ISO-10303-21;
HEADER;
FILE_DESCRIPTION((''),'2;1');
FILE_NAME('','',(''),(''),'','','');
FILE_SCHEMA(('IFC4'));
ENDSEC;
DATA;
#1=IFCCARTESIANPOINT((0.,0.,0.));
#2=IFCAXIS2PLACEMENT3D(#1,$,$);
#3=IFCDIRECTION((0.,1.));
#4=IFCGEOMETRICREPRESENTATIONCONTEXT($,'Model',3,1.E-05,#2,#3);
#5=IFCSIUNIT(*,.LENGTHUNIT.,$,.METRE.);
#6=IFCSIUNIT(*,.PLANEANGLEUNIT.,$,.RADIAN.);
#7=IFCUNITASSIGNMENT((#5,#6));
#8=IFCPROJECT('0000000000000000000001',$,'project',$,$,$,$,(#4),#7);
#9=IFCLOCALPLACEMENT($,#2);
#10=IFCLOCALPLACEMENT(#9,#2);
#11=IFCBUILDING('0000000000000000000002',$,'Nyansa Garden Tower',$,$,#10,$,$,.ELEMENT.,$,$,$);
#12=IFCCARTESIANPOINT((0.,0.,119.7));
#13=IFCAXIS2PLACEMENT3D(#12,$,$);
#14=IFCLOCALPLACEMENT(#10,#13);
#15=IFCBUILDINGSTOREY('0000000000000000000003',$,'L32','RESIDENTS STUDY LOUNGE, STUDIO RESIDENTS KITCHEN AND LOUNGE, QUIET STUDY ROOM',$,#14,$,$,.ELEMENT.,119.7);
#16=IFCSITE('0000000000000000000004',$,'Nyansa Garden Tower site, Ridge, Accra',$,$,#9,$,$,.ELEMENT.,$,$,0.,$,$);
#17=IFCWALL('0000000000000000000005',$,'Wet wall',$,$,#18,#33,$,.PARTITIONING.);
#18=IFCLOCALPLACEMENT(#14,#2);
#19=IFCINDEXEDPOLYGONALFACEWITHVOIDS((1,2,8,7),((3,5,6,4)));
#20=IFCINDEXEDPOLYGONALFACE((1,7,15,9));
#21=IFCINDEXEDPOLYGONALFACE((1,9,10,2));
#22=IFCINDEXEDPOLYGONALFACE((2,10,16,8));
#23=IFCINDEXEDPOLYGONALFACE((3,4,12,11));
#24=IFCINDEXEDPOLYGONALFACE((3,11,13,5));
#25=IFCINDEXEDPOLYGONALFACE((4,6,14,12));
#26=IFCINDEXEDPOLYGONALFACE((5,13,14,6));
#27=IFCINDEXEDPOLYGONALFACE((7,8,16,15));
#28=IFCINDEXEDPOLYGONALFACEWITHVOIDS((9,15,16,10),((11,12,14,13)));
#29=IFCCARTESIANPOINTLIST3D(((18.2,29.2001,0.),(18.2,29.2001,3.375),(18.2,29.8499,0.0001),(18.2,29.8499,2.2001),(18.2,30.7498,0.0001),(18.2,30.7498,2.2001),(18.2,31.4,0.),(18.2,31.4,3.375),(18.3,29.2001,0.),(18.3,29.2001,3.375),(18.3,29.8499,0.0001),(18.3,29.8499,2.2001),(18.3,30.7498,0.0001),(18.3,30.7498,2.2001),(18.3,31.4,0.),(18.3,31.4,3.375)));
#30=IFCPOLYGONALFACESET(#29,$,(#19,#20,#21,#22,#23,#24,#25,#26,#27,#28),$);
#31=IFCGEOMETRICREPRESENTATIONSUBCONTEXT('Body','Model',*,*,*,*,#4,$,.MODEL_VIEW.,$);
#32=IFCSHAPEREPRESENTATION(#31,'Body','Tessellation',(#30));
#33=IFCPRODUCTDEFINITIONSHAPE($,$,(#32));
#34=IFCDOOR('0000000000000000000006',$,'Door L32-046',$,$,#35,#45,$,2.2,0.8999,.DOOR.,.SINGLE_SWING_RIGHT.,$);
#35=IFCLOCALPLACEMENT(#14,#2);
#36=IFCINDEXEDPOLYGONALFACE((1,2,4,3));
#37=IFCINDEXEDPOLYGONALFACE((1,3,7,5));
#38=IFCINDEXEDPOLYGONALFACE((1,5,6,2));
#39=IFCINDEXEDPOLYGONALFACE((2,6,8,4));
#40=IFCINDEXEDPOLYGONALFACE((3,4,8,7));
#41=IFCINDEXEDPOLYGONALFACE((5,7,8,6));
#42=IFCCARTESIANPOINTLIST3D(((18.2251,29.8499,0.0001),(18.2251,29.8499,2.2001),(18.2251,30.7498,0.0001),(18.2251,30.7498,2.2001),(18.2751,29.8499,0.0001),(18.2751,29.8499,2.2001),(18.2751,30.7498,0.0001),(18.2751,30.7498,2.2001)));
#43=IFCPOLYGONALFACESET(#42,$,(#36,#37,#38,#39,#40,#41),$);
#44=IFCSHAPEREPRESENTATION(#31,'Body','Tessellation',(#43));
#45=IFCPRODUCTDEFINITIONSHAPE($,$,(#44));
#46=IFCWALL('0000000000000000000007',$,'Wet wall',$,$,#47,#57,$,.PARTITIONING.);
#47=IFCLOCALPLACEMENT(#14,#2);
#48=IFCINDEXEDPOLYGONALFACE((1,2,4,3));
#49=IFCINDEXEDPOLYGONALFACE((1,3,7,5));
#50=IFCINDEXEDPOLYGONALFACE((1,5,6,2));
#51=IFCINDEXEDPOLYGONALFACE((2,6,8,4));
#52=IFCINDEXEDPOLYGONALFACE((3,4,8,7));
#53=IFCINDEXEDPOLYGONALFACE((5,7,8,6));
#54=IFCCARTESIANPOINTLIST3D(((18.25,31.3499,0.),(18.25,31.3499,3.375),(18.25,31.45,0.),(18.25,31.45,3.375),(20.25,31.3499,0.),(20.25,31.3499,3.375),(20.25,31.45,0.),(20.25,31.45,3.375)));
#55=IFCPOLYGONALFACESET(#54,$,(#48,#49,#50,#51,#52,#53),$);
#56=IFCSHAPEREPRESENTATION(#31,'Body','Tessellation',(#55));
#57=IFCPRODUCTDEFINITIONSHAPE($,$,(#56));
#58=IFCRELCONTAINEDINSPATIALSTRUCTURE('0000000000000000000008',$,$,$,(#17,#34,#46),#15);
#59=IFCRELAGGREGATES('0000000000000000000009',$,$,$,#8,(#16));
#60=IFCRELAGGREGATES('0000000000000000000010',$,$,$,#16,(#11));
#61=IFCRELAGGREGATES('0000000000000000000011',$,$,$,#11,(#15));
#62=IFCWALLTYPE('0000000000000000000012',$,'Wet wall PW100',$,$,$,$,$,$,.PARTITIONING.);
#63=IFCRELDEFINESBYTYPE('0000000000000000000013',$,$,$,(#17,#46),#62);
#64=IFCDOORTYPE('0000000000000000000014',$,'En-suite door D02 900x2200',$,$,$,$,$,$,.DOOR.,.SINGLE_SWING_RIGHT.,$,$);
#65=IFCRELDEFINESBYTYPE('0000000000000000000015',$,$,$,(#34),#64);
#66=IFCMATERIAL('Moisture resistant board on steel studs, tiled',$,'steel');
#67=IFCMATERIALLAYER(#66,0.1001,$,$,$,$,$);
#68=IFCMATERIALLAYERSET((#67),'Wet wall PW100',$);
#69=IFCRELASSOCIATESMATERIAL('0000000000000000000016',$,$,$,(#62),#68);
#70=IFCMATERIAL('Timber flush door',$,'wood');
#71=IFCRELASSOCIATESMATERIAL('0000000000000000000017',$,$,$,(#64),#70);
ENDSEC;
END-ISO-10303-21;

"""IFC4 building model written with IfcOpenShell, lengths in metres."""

from ifc_helpers import new_model, si_unit, direction, frame, frame_2d, origin, place, context, subcontext, project, spatial, rectangle, extrude, material, layer, layer_set, type_object, element, fill, save


model = new_model("IFC4")

# Units and contexts
model_context = context("Model", 3, precision=1e-05, world=origin(), true_north=direction((0.0, 1.0)))
body_context = subcontext(model_context, "Body", "Model", "MODEL_VIEW")
ifc_project = project(units=[si_unit("LENGTHUNIT", "METRE"), si_unit("PLANEANGLEUNIT", "RADIAN")], contexts=[model_context])

# Site, building, storey
site_placement = place(None, origin())
site = spatial("IfcSite", under=ifc_project, at=site_placement, Name="Nyansa Garden Tower site, Ridge, Accra", CompositionType="ELEMENT", RefElevation=0.0)
building_placement = place(site_placement, origin())
building = spatial("IfcBuilding", under=site, at=building_placement, Name="Nyansa Garden Tower", CompositionType="ELEMENT")
storey_placement = place(building_placement, frame((0.0, 0.0, 119.7)))
storey = spatial("IfcBuildingStorey", under=building, at=storey_placement, Name="L32", Description="RESIDENTS STUDY LOUNGE, STUDIO RESIDENTS KITCHEN AND LOUNGE, QUIET STUDY ROOM", CompositionType="ELEMENT", Elevation=119.7)

# Shared definitions
ifc_material_1 = material(Name="Moisture resistant board on steel studs, tiled", Category="steel")
ifc_layer_1 = layer(ifc_material_1, 0.1001)
ifc_layer_set_1 = layer_set([ifc_layer_1], Name="Wet wall PW100")
wall_type_1 = type_object("IfcWallType", Name="Wet wall PW100", PredefinedType="PARTITIONING", material=ifc_layer_set_1)
ifc_material_2 = material(Name="Timber flush door", Category="wood")
door_type_1 = type_object("IfcDoorType", Name="En-suite door D02 900x2200", OperationType="SINGLE_SWING_RIGHT", PredefinedType="DOOR", material=ifc_material_2)

# Wall, opening, door
wall_1_placement = place(storey_placement, frame((18.25, 29.2, 0.0), z_axis=(0.0, 0.0, 1.0), x_axis=(0.0, 1.0, 0.0)))
wall_1 = element("IfcWall", 1, at=wall_1_placement, inside=storey, type_object=wall_type_1, Name="Wet wall", PredefinedType="PARTITIONING", context=body_context, shape_type="SweptSolid", body=[
    extrude(rectangle(XDim=2.2, YDim=0.1001, at=frame_2d((1.1001, 0.0))), origin(), (0.0, 0.0, 1.0), 3.375),
])
opening_1_placement = place(wall_1_placement, frame((0.6499, 0.0, 0.0)))
opening_1 = element("IfcOpeningElement", 2, at=opening_1_placement, cuts=wall_1, PredefinedType="OPENING", context=body_context, shape_type="SweptSolid", body=[
    extrude(rectangle(XDim=0.8999, YDim=2.2, at=frame_2d((0.45, 1.1001))), frame((0.0, 0.0601, 0.0), z_axis=(0.0, -1.0, 0.0), x_axis=(1.0, 0.0, 0.0)), (0.0, 0.0, 1.0), 0.1201),
])
door_1_placement = place(opening_1_placement, origin())
door_1 = element("IfcDoor", 3, at=door_1_placement, inside=storey, type_object=door_type_1, Name="Door L32-046", OperationType="SINGLE_SWING_RIGHT", OverallHeight=2.2, OverallWidth=0.8999, PredefinedType="DOOR", context=body_context, shape_type="SweptSolid", body=[
    extrude(rectangle(XDim=0.8999, YDim=2.2, at=frame_2d((0.45, 1.1001))), frame((0.0, 0.0249, 0.0), z_axis=(0.0, -1.0, 0.0), x_axis=(1.0, 0.0, 0.0)), (0.0, 0.0, 1.0), 0.05),
])
fill(opening_1, door_1)

# Wall
wall_2_placement = place(storey_placement, frame((18.25, 31.3999, 0.0), z_axis=(0.0, 0.0, 1.0), x_axis=(1.0, 0.0, 0.0)))
element("IfcWall", 4, at=wall_2_placement, inside=storey, type_object=wall_type_1, Name="Wet wall", PredefinedType="PARTITIONING", context=body_context, shape_type="SweptSolid", body=[
    extrude(rectangle(XDim=2.0, YDim=0.1001, at=frame_2d((1.0, 0.0))), origin(), (0.0, 0.0, 1.0), 3.375),
])

save(model, "model.ifc")
